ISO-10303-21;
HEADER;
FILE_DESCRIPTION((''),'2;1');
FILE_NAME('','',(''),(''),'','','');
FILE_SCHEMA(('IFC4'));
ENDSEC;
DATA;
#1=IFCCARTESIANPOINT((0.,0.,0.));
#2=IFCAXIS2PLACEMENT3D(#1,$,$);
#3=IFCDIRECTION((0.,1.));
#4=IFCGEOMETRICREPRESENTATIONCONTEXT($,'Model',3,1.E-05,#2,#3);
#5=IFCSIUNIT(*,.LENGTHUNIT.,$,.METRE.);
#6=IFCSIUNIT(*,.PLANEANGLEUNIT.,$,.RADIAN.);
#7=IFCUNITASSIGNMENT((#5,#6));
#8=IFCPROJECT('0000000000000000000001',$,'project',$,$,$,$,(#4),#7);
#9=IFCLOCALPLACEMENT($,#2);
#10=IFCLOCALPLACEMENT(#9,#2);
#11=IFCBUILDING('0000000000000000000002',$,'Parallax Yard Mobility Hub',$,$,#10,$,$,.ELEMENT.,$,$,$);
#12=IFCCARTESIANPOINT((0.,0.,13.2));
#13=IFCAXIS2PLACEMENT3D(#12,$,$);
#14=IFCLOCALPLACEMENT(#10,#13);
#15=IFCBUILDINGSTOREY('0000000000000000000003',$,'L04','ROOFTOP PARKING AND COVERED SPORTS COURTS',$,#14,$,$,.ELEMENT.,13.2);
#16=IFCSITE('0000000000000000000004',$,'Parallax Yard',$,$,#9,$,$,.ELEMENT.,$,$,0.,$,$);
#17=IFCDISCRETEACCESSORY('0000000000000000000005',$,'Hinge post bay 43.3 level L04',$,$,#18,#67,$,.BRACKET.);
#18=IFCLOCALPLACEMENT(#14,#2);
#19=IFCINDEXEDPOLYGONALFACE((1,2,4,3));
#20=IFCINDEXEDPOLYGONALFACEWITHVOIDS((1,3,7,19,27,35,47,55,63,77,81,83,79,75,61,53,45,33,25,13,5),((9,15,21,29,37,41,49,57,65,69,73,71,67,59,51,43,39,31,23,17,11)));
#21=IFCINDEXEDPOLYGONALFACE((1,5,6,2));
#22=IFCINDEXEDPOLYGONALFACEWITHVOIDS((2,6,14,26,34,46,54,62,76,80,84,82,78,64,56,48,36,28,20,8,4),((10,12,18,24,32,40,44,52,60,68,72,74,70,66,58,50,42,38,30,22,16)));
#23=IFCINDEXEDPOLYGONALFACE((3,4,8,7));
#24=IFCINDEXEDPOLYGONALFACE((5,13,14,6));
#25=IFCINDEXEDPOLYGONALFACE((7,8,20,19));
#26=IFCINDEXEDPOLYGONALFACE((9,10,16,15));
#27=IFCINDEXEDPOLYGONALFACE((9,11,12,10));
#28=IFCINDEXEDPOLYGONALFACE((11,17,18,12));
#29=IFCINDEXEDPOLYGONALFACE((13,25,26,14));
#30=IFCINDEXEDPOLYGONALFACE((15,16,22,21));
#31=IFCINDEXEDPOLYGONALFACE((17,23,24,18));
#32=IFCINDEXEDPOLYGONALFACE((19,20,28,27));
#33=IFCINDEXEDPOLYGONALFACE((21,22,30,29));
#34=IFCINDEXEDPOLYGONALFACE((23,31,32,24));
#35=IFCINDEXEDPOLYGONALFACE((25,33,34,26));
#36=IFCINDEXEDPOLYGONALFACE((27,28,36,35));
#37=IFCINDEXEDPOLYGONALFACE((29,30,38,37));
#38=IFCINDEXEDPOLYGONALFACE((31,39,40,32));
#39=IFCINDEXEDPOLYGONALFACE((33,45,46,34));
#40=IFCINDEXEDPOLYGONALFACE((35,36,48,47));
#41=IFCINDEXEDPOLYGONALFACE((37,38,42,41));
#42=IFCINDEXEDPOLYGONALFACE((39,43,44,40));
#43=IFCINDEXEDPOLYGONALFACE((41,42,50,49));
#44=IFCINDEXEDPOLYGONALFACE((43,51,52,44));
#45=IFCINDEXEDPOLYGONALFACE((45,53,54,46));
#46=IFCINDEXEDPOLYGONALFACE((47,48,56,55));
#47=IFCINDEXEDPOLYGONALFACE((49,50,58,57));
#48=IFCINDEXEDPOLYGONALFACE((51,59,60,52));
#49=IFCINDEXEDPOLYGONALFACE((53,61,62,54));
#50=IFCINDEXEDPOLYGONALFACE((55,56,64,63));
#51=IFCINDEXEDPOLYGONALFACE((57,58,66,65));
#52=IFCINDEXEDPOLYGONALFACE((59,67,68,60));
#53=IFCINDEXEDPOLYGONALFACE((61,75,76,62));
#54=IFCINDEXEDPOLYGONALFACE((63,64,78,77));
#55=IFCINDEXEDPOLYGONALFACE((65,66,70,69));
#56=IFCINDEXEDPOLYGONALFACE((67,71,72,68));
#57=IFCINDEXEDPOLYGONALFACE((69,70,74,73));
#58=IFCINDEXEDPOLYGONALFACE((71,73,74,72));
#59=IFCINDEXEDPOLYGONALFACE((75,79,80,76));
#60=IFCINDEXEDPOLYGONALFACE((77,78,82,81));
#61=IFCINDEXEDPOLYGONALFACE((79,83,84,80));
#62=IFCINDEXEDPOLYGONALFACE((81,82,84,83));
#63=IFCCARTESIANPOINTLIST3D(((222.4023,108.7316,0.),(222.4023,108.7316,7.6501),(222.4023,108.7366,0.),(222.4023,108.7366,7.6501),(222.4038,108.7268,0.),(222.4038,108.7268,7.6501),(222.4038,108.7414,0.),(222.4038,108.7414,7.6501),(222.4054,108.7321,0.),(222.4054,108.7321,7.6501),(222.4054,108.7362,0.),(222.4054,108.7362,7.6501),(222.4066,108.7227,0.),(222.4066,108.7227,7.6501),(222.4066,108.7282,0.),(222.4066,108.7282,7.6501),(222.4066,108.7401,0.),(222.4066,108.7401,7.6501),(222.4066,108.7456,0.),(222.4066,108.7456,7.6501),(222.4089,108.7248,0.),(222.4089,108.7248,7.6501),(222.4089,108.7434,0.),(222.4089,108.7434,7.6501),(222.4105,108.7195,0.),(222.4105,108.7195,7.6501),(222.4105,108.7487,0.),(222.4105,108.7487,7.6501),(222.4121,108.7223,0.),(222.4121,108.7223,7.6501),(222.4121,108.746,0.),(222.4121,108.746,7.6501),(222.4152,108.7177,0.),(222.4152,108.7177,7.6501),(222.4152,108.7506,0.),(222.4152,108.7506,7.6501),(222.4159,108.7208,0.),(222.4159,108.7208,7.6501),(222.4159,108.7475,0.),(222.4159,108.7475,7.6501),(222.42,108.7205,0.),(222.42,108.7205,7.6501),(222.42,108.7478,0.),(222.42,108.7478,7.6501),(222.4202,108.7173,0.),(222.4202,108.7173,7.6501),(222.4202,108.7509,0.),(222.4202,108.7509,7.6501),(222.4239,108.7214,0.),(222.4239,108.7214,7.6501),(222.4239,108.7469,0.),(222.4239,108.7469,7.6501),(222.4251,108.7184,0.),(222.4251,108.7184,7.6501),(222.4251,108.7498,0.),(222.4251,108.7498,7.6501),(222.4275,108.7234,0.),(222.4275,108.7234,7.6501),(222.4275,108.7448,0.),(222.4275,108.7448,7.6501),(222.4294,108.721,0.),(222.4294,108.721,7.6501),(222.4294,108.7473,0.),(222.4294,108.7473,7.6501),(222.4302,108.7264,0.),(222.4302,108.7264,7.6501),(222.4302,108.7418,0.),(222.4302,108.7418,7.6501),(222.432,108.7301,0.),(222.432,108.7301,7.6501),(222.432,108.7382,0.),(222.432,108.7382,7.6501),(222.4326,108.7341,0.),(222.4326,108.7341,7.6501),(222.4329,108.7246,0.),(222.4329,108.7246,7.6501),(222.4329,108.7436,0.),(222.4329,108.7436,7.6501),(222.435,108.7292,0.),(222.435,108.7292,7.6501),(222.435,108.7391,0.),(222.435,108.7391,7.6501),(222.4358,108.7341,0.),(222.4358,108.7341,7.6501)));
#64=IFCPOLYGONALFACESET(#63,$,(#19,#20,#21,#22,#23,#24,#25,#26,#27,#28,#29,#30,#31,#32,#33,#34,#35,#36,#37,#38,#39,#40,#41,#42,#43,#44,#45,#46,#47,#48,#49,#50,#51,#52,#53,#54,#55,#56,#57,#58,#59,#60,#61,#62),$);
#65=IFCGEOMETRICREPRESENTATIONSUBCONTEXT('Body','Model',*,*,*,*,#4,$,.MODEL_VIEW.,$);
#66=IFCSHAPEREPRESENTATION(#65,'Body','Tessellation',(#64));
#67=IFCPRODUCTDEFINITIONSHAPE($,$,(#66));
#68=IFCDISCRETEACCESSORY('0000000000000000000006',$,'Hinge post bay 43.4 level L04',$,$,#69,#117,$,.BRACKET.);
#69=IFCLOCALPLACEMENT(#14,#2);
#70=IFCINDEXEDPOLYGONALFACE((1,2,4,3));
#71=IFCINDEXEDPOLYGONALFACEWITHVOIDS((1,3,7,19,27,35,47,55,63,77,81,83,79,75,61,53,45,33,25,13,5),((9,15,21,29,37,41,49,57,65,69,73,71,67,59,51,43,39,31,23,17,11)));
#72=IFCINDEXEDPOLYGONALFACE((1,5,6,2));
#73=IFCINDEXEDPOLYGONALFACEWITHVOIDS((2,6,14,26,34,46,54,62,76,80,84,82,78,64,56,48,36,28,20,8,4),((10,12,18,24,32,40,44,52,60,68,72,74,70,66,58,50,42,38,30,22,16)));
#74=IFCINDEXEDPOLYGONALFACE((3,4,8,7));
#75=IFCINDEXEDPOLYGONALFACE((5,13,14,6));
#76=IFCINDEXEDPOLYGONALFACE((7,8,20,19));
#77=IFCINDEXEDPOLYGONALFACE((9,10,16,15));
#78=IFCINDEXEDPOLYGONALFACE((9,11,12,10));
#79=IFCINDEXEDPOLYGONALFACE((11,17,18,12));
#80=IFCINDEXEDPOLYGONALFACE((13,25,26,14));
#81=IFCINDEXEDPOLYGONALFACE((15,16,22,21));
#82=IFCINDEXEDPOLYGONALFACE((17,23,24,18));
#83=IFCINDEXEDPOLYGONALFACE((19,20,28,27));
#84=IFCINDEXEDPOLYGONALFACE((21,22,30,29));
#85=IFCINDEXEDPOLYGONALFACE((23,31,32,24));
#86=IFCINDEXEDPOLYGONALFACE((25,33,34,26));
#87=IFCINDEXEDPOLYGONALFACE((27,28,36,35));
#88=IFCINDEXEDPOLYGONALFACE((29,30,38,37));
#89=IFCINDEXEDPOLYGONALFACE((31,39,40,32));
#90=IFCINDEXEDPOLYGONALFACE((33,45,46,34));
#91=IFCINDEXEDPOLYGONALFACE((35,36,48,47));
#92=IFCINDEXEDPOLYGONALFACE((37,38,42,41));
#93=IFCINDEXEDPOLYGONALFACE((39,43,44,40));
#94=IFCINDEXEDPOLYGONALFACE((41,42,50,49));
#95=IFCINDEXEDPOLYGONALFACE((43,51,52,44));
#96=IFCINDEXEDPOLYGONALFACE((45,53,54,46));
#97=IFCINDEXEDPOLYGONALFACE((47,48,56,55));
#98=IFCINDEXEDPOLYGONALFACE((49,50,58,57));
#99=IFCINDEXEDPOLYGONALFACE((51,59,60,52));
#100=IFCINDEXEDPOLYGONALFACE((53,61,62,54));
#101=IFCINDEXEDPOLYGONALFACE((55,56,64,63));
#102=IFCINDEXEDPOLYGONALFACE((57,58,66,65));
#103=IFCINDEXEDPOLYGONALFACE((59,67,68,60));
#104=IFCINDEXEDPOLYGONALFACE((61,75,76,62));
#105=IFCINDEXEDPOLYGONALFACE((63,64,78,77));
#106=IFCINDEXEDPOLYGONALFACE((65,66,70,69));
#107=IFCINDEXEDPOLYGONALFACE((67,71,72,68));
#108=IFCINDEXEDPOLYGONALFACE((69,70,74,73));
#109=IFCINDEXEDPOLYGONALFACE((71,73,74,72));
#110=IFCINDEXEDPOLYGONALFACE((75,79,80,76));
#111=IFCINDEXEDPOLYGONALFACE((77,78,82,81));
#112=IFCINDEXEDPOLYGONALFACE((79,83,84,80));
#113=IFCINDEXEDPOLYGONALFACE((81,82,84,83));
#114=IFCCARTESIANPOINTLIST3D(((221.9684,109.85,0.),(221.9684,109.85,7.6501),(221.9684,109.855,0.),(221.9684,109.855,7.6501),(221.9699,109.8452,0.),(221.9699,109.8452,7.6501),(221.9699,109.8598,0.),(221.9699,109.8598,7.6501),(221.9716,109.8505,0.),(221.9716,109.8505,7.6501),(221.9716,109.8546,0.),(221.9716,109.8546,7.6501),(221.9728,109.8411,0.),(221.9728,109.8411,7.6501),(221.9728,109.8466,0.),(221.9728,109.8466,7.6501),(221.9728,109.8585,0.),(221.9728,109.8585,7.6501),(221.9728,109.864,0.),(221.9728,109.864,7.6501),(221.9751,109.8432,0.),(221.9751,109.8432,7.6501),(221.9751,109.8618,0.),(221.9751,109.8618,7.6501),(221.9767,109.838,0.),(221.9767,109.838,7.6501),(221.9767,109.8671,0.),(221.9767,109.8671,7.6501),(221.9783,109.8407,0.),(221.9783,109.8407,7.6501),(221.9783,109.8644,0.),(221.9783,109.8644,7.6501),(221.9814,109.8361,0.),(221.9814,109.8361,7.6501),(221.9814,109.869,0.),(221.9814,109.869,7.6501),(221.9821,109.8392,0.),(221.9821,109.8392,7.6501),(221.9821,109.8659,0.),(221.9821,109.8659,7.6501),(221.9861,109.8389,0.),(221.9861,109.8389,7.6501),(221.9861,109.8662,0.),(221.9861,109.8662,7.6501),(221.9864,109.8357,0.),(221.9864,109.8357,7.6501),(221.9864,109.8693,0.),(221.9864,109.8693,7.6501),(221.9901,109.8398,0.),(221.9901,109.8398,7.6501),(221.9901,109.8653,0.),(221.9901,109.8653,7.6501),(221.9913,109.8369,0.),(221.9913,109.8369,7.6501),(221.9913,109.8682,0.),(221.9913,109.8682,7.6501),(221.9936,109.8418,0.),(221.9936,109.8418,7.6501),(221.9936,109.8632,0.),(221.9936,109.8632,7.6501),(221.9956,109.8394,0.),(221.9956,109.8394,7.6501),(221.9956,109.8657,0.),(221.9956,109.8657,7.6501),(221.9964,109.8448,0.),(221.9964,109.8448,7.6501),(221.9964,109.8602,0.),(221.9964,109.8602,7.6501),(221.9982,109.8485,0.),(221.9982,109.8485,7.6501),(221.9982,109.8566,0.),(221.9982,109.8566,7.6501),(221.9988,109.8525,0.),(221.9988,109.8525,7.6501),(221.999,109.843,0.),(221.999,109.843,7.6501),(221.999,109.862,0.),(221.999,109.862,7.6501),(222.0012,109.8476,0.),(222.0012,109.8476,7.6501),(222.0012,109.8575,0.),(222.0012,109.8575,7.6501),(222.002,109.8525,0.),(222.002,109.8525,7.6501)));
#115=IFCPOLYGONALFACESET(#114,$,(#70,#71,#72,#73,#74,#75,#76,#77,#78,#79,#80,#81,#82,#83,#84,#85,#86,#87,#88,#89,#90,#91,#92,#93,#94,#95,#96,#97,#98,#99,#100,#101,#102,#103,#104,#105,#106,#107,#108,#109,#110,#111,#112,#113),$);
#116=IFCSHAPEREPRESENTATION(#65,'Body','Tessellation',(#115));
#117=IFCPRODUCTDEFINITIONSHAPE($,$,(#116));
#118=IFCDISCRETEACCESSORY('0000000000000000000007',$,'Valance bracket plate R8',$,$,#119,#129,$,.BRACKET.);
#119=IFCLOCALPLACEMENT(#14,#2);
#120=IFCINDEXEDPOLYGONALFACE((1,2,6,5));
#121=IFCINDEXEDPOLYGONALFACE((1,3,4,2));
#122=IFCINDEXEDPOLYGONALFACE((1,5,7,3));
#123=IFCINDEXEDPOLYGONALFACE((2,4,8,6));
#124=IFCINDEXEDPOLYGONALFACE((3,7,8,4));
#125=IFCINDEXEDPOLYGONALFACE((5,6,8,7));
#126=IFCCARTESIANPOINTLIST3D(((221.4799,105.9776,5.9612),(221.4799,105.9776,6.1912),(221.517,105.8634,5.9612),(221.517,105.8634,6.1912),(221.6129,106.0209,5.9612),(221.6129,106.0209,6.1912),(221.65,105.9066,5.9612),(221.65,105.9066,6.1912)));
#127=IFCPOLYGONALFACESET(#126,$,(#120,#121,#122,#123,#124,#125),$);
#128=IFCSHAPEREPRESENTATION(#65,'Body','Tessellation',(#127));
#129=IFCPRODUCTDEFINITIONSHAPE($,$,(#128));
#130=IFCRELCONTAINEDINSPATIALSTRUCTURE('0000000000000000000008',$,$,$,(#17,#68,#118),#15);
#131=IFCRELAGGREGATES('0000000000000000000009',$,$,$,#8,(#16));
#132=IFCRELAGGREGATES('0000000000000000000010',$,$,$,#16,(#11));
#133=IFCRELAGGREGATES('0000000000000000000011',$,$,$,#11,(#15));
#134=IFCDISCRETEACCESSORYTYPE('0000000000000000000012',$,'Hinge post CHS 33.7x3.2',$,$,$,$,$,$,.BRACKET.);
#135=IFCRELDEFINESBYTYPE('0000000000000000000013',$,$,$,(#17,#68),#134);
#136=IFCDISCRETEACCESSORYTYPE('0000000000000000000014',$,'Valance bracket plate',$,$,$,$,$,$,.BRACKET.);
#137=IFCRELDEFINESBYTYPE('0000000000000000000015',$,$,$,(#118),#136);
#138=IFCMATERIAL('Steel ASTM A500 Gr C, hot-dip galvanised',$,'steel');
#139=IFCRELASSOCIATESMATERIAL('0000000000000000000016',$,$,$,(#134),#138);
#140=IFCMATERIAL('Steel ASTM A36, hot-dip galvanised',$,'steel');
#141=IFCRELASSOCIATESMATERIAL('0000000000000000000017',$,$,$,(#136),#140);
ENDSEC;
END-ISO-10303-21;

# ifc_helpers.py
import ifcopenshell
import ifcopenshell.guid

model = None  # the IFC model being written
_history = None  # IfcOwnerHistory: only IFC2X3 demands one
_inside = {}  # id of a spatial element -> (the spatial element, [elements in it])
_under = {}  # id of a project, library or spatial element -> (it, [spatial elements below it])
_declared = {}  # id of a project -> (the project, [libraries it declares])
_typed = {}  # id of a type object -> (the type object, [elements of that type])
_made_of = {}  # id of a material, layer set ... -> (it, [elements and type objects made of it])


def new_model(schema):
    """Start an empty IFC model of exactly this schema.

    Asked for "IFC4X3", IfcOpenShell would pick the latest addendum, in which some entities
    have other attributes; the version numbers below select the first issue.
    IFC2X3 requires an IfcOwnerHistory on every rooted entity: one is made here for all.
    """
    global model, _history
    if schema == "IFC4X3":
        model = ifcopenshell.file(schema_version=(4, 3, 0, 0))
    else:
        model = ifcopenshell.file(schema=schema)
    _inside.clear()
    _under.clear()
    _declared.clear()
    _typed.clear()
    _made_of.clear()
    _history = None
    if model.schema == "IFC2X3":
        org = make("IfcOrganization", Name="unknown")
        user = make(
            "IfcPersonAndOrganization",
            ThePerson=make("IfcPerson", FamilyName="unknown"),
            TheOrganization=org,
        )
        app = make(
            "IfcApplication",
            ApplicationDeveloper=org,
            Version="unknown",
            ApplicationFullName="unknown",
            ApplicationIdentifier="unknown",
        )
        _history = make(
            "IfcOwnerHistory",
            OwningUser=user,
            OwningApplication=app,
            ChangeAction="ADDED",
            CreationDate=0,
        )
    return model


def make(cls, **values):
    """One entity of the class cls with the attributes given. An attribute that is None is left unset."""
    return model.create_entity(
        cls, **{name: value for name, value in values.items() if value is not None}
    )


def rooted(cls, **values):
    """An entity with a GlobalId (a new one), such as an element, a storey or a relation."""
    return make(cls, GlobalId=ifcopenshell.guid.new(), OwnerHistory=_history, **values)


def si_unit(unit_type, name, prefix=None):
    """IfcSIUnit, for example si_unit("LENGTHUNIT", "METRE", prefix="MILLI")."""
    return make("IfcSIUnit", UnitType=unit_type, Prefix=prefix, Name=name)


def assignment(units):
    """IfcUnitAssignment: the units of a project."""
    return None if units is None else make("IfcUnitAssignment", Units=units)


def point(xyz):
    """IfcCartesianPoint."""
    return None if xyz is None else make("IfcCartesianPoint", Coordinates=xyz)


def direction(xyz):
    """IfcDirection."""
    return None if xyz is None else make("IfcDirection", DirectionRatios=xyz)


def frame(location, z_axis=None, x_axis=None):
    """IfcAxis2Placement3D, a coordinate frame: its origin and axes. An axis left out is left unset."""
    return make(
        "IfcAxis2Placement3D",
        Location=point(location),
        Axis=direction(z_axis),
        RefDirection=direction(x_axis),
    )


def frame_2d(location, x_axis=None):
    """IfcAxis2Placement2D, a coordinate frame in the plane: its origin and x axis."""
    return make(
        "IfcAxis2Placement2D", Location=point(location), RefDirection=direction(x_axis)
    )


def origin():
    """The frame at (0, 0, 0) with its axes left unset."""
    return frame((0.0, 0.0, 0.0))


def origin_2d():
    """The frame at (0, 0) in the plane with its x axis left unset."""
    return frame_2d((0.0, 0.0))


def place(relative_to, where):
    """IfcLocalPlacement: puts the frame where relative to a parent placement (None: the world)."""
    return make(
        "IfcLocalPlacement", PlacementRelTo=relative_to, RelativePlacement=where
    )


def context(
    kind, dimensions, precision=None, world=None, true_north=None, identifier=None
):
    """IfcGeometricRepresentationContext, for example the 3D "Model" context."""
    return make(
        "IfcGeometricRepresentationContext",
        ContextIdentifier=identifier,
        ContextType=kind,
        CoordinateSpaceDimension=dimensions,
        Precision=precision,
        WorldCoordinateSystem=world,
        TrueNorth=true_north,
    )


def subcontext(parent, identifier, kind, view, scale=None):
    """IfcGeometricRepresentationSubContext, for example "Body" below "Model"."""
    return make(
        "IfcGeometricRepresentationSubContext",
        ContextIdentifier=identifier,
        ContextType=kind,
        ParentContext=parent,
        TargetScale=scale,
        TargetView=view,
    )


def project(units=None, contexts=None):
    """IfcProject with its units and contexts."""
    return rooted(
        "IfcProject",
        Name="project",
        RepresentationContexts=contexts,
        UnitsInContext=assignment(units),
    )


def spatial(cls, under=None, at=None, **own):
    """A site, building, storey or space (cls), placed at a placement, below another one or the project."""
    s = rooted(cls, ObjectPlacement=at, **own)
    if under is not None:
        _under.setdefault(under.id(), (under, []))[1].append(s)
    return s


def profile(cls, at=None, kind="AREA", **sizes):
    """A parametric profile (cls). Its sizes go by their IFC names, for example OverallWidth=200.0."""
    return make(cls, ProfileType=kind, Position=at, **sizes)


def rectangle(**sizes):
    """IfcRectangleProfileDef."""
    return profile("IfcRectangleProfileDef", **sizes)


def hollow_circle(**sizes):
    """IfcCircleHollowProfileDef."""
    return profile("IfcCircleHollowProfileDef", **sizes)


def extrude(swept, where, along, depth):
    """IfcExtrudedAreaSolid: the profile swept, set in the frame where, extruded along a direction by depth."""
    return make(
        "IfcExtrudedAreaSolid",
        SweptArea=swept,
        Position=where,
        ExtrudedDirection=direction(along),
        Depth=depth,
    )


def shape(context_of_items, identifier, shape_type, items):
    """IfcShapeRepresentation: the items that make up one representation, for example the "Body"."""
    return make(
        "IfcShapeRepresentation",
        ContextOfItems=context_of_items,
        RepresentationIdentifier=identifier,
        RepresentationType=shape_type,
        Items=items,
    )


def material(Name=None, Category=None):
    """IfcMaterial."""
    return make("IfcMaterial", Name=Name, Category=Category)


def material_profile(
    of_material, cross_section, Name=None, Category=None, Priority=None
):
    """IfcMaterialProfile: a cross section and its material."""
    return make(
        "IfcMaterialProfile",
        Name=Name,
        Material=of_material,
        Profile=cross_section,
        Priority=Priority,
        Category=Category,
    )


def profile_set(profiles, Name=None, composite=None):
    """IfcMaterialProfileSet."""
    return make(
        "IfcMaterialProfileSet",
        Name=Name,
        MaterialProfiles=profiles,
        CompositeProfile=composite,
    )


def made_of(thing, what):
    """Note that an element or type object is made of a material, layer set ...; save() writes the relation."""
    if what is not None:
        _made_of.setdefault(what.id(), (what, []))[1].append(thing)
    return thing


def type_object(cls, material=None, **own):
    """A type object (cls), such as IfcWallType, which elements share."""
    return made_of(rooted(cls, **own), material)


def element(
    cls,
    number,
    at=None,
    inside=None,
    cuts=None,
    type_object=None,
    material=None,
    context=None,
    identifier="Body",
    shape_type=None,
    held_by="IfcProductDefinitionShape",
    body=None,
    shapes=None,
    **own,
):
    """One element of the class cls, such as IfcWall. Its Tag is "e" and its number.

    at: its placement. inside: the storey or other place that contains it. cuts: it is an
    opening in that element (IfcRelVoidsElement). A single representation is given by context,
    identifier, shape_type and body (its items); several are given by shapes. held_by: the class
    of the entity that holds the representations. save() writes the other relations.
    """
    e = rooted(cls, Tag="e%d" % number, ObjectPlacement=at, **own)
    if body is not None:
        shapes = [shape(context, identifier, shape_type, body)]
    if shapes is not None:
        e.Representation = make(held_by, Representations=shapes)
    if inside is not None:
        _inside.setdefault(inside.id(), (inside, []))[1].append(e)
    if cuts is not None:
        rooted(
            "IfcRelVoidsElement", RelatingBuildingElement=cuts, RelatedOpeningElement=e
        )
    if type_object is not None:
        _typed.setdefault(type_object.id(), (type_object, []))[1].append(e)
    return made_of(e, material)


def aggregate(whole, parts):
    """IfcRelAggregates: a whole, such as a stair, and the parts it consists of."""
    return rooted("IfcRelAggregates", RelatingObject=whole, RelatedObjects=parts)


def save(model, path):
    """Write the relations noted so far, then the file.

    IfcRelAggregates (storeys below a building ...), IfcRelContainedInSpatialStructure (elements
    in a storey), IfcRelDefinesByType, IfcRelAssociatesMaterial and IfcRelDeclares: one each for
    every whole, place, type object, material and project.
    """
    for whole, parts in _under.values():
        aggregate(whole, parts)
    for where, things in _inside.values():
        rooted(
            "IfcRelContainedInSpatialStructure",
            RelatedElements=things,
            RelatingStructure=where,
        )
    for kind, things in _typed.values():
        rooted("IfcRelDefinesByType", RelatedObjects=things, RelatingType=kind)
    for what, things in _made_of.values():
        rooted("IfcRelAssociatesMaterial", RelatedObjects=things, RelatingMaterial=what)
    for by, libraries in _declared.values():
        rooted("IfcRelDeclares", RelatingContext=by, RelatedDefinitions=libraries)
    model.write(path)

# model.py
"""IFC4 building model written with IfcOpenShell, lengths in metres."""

from ifc_helpers import new_model, si_unit, direction, frame, origin, origin_2d, place, context, subcontext, project, spatial, rectangle, hollow_circle, extrude, material, material_profile, profile_set, type_object, element, save


model = new_model("IFC4")

# Units and contexts
model_context = context("Model", 3, precision=1e-05, world=origin(), true_north=direction((0.0, 1.0)))
body_context = subcontext(model_context, "Body", "Model", "MODEL_VIEW")
ifc_project = project(units=[si_unit("LENGTHUNIT", "METRE"), si_unit("PLANEANGLEUNIT", "RADIAN")], contexts=[model_context])

# Site, building, storey
site_placement = place(None, origin())
site = spatial("IfcSite", under=ifc_project, at=site_placement, Name="Parallax Yard", CompositionType="ELEMENT", RefElevation=0.0)
building_placement = place(site_placement, origin())
building = spatial("IfcBuilding", under=site, at=building_placement, Name="Parallax Yard Mobility Hub", CompositionType="ELEMENT")
storey_placement = place(building_placement, frame((0.0, 0.0, 13.2)))
storey = spatial("IfcBuildingStorey", under=building, at=storey_placement, Name="L04", Description="ROOFTOP PARKING AND COVERED SPORTS COURTS", CompositionType="ELEMENT", Elevation=13.2)

# Discrete accessories
ifc_material_1 = material(Name="Steel ASTM A36, hot-dip galvanised", Category="steel")
ifc_material_2 = material(Name="Steel ASTM A500 Gr C, hot-dip galvanised", Category="steel")
ifc_material_profile_1 = material_profile(ifc_material_2, hollow_circle(Radius=0.0168, WallThickness=0.0032, at=origin_2d()), Name="CHS 33.7x3.2")
ifc_profile_set_1 = profile_set([ifc_material_profile_1], Name="Steel ASTM A500 Gr C, hot-dip galvanised")
discrete_accessory_type_1 = type_object("IfcDiscreteAccessoryType", Name="Hinge post CHS 33.7x3.2", PredefinedType="BRACKET", material=ifc_profile_set_1)
for number, where, z_axis, x_axis, name in (
    (1, (222.4189, 108.7341, 0.0), (0.0, 0.0, 1.0), (1.0, 0.0, 0.0), "Hinge post bay 43.3 level L04"),
    (2, (221.9851, 109.8525, 0.0), (0.0, 0.0, 1.0), (1.0, 0.0, 0.0), "Hinge post bay 43.4 level L04"),
):
    element("IfcDiscreteAccessory", number, at=place(storey_placement, frame(where, z_axis=z_axis, x_axis=x_axis)), inside=storey, type_object=discrete_accessory_type_1, Name=name, PredefinedType="BRACKET", context=body_context, shape_type="SweptSolid", body=[
        extrude(hollow_circle(Radius=0.0168, WallThickness=0.0032, at=origin_2d()), origin(), (0.0, 0.0, 1.0), 7.6501),
    ])
discrete_accessory_type_2 = type_object("IfcDiscreteAccessoryType", Name="Valance bracket plate", PredefinedType="BRACKET", material=ifc_material_1)
discrete_accessory_1_placement = place(storey_placement, frame((221.5649, 105.9421, 5.9612), z_axis=(0.0, 0.0, 1.0), x_axis=(0.951057, 0.309017, 0.0)))
element("IfcDiscreteAccessory", 3, at=discrete_accessory_1_placement, inside=storey, type_object=discrete_accessory_type_2, Name="Valance bracket plate R8", PredefinedType="BRACKET", context=body_context, shape_type="SweptSolid", body=[
    extrude(rectangle(XDim=0.1399, YDim=0.1201, at=origin_2d()), origin(), (0.0, 0.0, 1.0), 0.23),
])

save(model, "model.ifc")
